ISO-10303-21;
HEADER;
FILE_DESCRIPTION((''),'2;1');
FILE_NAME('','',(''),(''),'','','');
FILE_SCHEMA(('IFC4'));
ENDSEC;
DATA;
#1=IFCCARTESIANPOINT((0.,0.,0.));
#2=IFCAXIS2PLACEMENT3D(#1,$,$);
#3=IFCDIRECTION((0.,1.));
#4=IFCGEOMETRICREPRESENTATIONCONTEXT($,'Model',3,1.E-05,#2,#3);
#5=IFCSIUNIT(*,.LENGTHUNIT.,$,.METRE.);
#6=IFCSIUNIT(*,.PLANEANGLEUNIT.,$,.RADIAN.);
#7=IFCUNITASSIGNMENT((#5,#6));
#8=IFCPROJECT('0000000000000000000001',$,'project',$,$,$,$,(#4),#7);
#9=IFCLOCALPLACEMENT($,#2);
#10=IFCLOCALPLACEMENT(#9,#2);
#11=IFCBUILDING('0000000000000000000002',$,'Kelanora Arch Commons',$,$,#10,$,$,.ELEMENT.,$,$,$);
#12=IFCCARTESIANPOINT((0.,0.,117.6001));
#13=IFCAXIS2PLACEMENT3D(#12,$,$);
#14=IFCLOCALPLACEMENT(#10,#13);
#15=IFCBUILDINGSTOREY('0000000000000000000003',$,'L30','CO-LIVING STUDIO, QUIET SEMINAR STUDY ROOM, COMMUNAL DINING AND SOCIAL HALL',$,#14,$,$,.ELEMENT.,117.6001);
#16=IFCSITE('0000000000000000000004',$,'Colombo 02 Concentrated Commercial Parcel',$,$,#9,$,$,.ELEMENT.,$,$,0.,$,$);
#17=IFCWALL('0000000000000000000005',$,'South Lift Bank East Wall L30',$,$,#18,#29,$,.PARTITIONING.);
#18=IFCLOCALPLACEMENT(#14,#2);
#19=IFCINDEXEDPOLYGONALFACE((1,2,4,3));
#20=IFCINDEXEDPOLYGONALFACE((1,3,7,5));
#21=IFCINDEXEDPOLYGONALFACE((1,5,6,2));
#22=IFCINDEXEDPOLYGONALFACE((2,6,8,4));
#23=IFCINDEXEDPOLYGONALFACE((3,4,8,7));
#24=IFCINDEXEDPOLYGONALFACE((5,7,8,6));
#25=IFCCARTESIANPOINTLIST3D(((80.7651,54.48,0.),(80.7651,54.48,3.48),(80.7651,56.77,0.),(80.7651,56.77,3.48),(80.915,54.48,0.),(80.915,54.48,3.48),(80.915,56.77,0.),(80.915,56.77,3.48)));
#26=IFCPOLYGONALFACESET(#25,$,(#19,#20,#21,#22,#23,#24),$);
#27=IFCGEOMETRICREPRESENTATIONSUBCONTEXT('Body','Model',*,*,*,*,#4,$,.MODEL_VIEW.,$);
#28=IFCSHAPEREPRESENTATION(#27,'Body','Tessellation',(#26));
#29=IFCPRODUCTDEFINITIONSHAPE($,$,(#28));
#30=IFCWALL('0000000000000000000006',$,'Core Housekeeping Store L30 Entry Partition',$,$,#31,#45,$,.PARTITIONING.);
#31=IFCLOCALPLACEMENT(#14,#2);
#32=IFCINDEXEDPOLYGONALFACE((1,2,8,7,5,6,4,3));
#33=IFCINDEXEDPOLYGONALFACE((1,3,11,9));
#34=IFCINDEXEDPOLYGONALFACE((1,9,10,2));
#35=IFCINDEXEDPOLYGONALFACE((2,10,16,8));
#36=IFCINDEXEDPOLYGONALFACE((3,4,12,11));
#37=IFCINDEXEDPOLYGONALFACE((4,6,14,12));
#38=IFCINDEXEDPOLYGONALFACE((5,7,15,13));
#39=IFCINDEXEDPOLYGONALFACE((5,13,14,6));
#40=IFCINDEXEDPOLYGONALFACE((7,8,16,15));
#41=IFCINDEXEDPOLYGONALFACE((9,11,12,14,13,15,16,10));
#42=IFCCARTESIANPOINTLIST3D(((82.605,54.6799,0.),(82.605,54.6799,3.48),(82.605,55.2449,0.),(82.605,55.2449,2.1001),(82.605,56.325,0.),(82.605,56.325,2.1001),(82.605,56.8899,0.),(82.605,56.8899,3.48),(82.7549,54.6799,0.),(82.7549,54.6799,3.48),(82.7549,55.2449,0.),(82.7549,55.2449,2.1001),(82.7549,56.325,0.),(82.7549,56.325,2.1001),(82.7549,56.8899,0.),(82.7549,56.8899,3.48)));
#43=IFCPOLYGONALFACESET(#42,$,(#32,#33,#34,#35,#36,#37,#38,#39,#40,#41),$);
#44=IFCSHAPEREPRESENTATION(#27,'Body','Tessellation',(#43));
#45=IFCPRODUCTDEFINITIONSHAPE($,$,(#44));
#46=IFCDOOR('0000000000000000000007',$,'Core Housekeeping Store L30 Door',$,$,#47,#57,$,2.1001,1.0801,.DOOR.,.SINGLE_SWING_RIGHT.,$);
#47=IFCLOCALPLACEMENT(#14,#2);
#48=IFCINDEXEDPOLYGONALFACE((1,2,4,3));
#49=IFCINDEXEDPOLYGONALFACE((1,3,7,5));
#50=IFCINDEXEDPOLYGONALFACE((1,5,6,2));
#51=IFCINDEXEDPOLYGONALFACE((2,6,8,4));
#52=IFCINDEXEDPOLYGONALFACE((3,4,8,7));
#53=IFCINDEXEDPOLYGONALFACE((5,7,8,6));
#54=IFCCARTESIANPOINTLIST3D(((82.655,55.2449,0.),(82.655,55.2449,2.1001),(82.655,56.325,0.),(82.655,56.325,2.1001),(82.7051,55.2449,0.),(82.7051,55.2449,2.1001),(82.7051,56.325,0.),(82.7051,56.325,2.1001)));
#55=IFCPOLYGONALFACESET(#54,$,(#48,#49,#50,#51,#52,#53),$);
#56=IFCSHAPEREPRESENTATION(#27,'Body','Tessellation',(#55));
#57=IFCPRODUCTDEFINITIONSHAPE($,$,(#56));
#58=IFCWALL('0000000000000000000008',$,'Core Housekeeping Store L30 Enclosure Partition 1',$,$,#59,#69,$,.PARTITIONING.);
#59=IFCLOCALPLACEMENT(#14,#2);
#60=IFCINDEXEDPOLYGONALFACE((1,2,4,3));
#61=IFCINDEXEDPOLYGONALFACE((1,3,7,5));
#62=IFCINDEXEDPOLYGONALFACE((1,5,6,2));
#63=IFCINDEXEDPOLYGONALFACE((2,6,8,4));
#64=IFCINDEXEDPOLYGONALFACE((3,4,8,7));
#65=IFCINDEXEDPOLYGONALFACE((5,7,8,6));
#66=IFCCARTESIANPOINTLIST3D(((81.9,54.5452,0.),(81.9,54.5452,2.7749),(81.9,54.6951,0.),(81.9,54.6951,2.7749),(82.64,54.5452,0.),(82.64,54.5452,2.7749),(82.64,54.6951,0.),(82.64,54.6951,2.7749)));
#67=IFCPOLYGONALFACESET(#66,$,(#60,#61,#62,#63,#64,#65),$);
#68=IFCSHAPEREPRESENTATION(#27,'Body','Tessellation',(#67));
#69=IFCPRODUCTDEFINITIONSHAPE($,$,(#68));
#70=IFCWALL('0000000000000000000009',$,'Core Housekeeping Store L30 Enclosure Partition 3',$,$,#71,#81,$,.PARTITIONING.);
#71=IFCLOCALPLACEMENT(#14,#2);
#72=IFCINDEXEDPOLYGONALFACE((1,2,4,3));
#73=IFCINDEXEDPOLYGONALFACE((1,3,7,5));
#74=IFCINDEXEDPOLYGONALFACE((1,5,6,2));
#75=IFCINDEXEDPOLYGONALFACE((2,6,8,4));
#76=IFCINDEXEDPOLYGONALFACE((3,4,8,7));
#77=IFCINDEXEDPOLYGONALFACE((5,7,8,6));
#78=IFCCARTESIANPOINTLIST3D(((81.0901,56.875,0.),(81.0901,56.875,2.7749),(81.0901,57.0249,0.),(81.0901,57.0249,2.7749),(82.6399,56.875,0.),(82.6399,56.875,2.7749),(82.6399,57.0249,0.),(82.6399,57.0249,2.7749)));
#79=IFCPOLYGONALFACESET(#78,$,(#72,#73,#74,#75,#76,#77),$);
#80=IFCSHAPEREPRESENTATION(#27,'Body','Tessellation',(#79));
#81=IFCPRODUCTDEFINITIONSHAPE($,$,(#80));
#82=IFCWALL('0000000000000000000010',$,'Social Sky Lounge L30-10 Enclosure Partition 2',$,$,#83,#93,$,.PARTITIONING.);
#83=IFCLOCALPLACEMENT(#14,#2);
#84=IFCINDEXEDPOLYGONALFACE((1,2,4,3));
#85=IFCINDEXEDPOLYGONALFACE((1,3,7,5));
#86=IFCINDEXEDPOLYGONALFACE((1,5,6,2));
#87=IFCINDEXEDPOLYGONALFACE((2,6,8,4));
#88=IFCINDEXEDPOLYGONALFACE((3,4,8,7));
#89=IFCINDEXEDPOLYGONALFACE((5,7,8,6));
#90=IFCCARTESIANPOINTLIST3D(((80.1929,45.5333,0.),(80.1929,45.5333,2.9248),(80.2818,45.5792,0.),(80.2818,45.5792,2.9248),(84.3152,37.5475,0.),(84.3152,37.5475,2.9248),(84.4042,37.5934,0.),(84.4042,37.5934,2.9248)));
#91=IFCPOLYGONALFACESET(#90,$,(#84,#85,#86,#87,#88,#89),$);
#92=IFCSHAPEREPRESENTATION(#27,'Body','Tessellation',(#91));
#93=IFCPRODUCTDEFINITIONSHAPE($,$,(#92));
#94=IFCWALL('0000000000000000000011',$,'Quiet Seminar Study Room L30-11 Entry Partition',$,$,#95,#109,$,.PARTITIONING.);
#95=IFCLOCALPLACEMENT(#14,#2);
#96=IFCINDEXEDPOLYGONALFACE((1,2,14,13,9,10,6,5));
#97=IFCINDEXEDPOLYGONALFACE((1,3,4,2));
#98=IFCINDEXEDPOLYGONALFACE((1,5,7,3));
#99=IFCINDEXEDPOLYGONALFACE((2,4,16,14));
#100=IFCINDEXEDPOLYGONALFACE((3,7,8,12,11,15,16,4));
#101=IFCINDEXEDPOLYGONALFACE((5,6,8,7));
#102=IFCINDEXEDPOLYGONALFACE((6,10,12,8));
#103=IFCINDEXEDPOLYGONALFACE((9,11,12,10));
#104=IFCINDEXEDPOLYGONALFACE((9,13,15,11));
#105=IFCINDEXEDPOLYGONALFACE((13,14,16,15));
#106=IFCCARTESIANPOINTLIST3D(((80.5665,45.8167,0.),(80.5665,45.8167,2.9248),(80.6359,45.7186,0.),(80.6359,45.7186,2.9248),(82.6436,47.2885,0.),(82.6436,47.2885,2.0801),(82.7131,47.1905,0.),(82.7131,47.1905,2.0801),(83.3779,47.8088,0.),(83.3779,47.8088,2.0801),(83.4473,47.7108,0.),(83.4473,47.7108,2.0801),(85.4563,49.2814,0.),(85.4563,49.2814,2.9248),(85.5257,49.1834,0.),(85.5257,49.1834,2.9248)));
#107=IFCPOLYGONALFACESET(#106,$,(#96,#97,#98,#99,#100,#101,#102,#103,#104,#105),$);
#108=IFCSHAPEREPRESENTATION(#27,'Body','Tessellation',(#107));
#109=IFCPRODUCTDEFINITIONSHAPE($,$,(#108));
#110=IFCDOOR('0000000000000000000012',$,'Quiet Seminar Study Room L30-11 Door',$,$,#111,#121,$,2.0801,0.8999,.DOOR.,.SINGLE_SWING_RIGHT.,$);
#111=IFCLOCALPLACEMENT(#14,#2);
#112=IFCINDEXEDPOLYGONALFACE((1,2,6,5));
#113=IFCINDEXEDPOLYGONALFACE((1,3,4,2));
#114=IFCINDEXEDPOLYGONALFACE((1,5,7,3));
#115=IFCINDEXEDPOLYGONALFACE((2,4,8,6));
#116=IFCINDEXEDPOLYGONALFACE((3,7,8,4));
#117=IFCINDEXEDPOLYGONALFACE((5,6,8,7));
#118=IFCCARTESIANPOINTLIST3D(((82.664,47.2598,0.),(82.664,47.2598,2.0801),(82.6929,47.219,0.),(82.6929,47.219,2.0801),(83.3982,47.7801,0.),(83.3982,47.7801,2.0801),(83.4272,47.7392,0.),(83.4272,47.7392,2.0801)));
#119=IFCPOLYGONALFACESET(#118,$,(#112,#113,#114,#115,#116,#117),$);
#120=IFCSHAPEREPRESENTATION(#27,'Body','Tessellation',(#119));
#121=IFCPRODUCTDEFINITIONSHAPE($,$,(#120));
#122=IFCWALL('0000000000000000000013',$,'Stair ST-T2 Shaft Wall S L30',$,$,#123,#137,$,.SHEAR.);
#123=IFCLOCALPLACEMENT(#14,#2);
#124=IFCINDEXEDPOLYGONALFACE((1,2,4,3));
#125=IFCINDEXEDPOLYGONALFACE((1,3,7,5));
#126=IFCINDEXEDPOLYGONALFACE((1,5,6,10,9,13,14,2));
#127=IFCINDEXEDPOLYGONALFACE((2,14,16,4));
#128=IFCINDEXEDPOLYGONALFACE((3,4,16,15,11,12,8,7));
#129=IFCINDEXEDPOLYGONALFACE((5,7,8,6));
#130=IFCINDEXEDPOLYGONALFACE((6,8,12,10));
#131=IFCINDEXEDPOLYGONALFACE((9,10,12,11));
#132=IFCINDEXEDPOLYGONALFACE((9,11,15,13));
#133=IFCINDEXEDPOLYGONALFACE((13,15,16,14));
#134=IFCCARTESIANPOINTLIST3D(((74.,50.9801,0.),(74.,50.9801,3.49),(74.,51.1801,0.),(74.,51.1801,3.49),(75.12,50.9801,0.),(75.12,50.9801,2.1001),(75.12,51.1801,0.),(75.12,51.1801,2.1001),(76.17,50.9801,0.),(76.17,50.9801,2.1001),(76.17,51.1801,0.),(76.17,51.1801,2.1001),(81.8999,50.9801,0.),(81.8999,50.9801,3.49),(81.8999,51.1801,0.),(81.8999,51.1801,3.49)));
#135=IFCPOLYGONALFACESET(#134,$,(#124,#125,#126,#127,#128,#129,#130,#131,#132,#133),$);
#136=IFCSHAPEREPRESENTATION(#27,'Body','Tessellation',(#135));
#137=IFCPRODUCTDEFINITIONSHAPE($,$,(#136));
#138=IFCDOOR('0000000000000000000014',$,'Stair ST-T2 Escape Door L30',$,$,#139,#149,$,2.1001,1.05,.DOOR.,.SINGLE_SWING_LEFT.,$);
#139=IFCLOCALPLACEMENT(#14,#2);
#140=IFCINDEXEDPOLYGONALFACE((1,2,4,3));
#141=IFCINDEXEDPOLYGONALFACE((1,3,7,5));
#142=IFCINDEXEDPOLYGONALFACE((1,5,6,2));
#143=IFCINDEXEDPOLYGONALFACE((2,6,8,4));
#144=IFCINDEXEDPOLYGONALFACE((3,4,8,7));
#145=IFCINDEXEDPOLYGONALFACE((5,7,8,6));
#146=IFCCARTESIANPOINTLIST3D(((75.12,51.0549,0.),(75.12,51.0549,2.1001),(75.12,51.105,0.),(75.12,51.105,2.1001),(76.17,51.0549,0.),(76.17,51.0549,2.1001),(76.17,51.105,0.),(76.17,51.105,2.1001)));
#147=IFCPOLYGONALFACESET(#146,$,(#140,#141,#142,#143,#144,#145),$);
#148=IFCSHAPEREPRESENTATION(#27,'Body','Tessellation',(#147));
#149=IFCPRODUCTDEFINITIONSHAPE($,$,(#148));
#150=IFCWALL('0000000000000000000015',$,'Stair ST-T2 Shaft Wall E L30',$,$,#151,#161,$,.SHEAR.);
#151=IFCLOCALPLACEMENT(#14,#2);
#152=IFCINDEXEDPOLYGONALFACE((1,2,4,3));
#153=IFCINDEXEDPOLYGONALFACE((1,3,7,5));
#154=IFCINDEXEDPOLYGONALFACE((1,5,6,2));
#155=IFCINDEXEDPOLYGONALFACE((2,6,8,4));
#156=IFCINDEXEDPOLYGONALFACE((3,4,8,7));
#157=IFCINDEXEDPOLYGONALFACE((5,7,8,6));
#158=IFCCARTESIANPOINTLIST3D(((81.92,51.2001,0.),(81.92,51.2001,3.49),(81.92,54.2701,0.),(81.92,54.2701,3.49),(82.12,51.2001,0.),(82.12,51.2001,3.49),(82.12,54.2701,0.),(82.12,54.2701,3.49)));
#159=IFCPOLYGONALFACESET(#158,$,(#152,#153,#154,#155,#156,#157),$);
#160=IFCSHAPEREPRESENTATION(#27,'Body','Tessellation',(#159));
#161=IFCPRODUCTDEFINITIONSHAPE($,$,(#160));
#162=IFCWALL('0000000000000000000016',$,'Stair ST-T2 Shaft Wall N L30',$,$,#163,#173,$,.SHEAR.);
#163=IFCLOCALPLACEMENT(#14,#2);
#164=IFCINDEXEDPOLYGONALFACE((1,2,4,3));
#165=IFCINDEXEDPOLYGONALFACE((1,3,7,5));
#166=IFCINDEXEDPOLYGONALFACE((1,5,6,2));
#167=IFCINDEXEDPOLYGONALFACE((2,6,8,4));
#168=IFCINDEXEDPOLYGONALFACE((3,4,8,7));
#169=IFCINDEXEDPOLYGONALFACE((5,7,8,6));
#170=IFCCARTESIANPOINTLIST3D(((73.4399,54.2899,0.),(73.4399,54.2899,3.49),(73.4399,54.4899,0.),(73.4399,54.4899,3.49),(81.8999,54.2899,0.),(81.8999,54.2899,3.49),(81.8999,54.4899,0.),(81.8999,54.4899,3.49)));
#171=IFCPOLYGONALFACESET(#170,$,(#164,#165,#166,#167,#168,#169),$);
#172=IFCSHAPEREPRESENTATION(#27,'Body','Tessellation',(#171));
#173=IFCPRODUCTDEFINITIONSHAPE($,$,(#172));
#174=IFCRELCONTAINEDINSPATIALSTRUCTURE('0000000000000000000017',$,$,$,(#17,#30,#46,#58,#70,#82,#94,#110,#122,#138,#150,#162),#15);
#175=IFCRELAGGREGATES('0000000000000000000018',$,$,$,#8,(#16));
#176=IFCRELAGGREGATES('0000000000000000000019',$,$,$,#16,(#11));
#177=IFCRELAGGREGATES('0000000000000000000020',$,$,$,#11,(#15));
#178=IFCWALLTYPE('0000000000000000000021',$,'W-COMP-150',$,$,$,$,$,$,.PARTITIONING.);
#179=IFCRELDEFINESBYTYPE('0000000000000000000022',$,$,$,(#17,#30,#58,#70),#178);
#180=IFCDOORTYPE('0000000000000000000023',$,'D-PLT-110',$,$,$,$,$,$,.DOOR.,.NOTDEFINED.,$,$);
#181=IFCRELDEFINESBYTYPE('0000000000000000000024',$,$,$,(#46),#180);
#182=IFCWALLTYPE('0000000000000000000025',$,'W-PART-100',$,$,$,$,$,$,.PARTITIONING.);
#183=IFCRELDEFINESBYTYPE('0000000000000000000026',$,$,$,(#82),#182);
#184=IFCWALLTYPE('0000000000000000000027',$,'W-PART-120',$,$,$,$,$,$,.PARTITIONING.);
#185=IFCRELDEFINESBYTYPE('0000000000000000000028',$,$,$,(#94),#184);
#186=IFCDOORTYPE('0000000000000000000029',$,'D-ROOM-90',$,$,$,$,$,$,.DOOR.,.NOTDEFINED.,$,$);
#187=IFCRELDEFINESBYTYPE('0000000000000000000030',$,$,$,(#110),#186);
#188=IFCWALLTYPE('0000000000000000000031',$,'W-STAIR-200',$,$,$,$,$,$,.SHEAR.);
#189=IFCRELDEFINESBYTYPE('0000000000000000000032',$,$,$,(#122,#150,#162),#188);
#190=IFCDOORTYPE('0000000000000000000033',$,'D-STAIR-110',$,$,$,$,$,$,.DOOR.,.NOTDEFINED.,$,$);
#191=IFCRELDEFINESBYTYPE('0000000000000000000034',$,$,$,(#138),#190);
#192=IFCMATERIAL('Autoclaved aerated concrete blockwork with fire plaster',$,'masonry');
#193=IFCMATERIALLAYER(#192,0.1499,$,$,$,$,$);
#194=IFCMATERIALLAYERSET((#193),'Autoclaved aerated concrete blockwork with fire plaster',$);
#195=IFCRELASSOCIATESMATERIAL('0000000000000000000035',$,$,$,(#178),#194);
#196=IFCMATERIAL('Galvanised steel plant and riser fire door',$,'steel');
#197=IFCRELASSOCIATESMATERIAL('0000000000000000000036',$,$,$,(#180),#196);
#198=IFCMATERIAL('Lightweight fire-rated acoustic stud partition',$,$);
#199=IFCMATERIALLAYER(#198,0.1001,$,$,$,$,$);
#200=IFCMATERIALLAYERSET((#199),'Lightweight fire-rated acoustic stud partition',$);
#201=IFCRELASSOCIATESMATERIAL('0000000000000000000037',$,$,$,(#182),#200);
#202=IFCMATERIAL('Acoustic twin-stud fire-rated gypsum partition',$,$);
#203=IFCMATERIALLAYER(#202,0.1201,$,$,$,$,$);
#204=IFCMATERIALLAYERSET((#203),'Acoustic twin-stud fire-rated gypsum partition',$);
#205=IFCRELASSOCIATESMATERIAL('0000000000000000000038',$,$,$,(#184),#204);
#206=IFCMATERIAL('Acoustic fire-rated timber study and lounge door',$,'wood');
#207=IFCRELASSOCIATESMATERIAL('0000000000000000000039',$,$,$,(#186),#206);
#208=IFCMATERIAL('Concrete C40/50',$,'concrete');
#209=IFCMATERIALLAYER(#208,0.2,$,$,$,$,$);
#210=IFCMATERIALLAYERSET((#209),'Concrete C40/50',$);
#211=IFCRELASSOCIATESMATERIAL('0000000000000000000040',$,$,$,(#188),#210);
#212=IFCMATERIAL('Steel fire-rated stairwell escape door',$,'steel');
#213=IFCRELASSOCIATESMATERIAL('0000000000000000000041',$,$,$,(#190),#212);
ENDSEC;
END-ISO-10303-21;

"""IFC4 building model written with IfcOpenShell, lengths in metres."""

from ifc_helpers import new_model, si_unit, direction, frame, frame_2d, origin, place, context, subcontext, project, spatial, rectangle, extrude, material, layer, layer_set, type_object, element, fill, save


model = new_model("IFC4")

# Units and contexts
model_context = context("Model", 3, precision=1e-05, world=origin(), true_north=direction((0.0, 1.0)))
body_context = subcontext(model_context, "Body", "Model", "MODEL_VIEW")
ifc_project = project(units=[si_unit("LENGTHUNIT", "METRE"), si_unit("PLANEANGLEUNIT", "RADIAN")], contexts=[model_context])

# Site, building, storey
site_placement = place(None, origin())
site = spatial("IfcSite", under=ifc_project, at=site_placement, Name="Colombo 02 Concentrated Commercial Parcel", CompositionType="ELEMENT", RefElevation=0.0)
building_placement = place(site_placement, origin())
building = spatial("IfcBuilding", under=site, at=building_placement, Name="Kelanora Arch Commons", CompositionType="ELEMENT")
storey_placement = place(building_placement, frame((0.0, 0.0, 117.6001)))
storey = spatial("IfcBuildingStorey", under=building, at=storey_placement, Name="L30", Description="CO-LIVING STUDIO, QUIET SEMINAR STUDY ROOM, COMMUNAL DINING AND SOCIAL HALL", CompositionType="ELEMENT", Elevation=117.6001)

# Wall
ifc_material_1 = material(Name="Autoclaved aerated concrete blockwork with fire plaster", Category="masonry")
ifc_layer_1 = layer(ifc_material_1, 0.1499)
ifc_layer_set_1 = layer_set([ifc_layer_1], Name="Autoclaved aerated concrete blockwork with fire plaster")
wall_type_1 = type_object("IfcWallType", Name="W-COMP-150", PredefinedType="PARTITIONING", material=ifc_layer_set_1)
wall_1_placement = place(storey_placement, frame((80.8401, 54.48, 0.0), z_axis=(0.0, 0.0, 1.0), x_axis=(0.0, 1.0, 0.0)))
element("IfcWall", 1, at=wall_1_placement, inside=storey, type_object=wall_type_1, Name="South Lift Bank East Wall L30", PredefinedType="PARTITIONING", context=body_context, shape_type="SweptSolid", body=[
    extrude(rectangle(XDim=2.29, YDim=0.1499, at=frame_2d((1.145, 0.0))), origin(), (0.0, 0.0, 1.0), 3.48),
])

# Wall, opening, door
wall_2_placement = place(storey_placement, frame((82.6799, 54.6799, 0.0), z_axis=(0.0, 0.0, 1.0), x_axis=(0.0, 1.0, 0.0)))
wall_2 = element("IfcWall", 2, at=wall_2_placement, inside=storey, type_object=wall_type_1, Name="Core Housekeeping Store L30 Entry Partition", PredefinedType="PARTITIONING", context=body_context, shape_type="SweptSolid", body=[
    extrude(rectangle(XDim=2.21, YDim=0.1499, at=frame_2d((1.105, 0.0))), origin(), (0.0, 0.0, 1.0), 3.48),
])
opening_1_placement = place(wall_2_placement, frame((0.5649, 0.0, 0.0)))
opening_1 = element("IfcOpeningElement", 3, at=opening_1_placement, cuts=wall_2, PredefinedType="OPENING", context=body_context, shape_type="SweptSolid", body=[
    extrude(rectangle(XDim=1.0801, YDim=2.1001, at=frame_2d((0.54, 1.05))), frame((0.0, 0.085, 0.0), z_axis=(0.0, -1.0, 0.0), x_axis=(1.0, 0.0, 0.0)), (0.0, 0.0, 1.0), 0.1699),
])
ifc_material_2 = material(Name="Galvanised steel plant and riser fire door", Category="steel")
door_type_1 = type_object("IfcDoorType", Name="D-PLT-110", OperationType="NOTDEFINED", PredefinedType="DOOR", material=ifc_material_2)
door_1_placement = place(opening_1_placement, origin())
door_1 = element("IfcDoor", 4, at=door_1_placement, inside=storey, type_object=door_type_1, Name="Core Housekeeping Store L30 Door", OperationType="SINGLE_SWING_RIGHT", OverallHeight=2.1001, OverallWidth=1.0801, PredefinedType="DOOR", context=body_context, shape_type="SweptSolid", body=[
    extrude(rectangle(XDim=1.0801, YDim=2.1001, at=frame_2d((0.54, 1.05))), frame((0.0, 0.0249, 0.0), z_axis=(0.0, -1.0, 0.0), x_axis=(1.0, 0.0, 0.0)), (0.0, 0.0, 1.0), 0.05),
])
fill(opening_1, door_1)

# Walls
wall_3_placement = place(storey_placement, frame((81.8999, 54.6201, 0.0), z_axis=(0.0, 0.0, 1.0), x_axis=(1.0, 0.0, 0.0)))
element("IfcWall", 5, at=wall_3_placement, inside=storey, type_object=wall_type_1, Name="Core Housekeeping Store L30 Enclosure Partition 1", PredefinedType="PARTITIONING", context=body_context, shape_type="SweptSolid", body=[
    extrude(rectangle(XDim=0.74, YDim=0.1499, at=frame_2d((0.3701, 0.0))), origin(), (0.0, 0.0, 1.0), 2.7749),
])
wall_4_placement = place(storey_placement, frame((82.6399, 56.95, 0.0), z_axis=(0.0, 0.0, 1.0), x_axis=(-1.0, 0.0, 0.0)))
element("IfcWall", 6, at=wall_4_placement, inside=storey, type_object=wall_type_1, Name="Core Housekeeping Store L30 Enclosure Partition 3", PredefinedType="PARTITIONING", context=body_context, shape_type="SweptSolid", body=[
    extrude(rectangle(XDim=1.5498, YDim=0.1499, at=frame_2d((0.7749, 0.0))), origin(), (0.0, 0.0, 1.0), 2.7749),
])
ifc_material_3 = material(Name="Lightweight fire-rated acoustic stud partition")
ifc_layer_2 = layer(ifc_material_3, 0.1001)
ifc_layer_set_2 = layer_set([ifc_layer_2], Name="Lightweight fire-rated acoustic stud partition")
wall_type_2 = type_object("IfcWallType", Name="W-PART-100", PredefinedType="PARTITIONING", material=ifc_layer_set_2)
wall_5_placement = place(storey_placement, frame((80.2373, 45.5564, 0.0), z_axis=(0.0, 0.0, 1.0), x_axis=(0.458695, -0.888594, 0.0)))
element("IfcWall", 7, at=wall_5_placement, inside=storey, type_object=wall_type_2, Name="Social Sky Lounge L30-10 Enclosure Partition 2", PredefinedType="PARTITIONING", context=body_context, shape_type="SweptSolid", body=[
    extrude(rectangle(XDim=8.9871, YDim=0.1001, at=frame_2d((4.4937, 0.0))), origin(), (0.0, 0.0, 1.0), 2.9248),
])

# Walls, openings, doors
ifc_material_4 = material(Name="Acoustic twin-stud fire-rated gypsum partition")
ifc_layer_3 = layer(ifc_material_4, 0.1201)
ifc_layer_set_3 = layer_set([ifc_layer_3], Name="Acoustic twin-stud fire-rated gypsum partition")
wall_type_3 = type_object("IfcWallType", Name="W-PART-120", PredefinedType="PARTITIONING", material=ifc_layer_set_3)
wall_6_placement = place(storey_placement, frame((80.6011, 45.7676, 0.0), z_axis=(0.0, 0.0, 1.0), x_axis=(0.815932, 0.578147, 0.0)))
wall_6 = element("IfcWall", 8, at=wall_6_placement, inside=storey, type_object=wall_type_3, Name="Quiet Seminar Study Room L30-11 Entry Partition", PredefinedType="PARTITIONING", context=body_context, shape_type="SweptSolid", body=[
    extrude(rectangle(XDim=5.9929, YDim=0.1201, at=frame_2d((2.9966, 0.0))), origin(), (0.0, 0.0, 1.0), 2.9248),
])
opening_2_placement = place(wall_6_placement, frame((2.5459, 0.0, 0.0)))
opening_2 = element("IfcOpeningElement", 9, at=opening_2_placement, cuts=wall_6, PredefinedType="OPENING", context=body_context, shape_type="SweptSolid", body=[
    extrude(rectangle(XDim=0.8999, YDim=2.0801, at=frame_2d((0.45, 1.04))), frame((0.0, 0.0701, 0.0), z_axis=(0.0, -1.0, 0.0), x_axis=(1.0, 0.0, 0.0)), (0.0, 0.0, 1.0), 0.1401),
])
ifc_material_5 = material(Name="Acoustic fire-rated timber study and lounge door", Category="wood")
door_type_2 = type_object("IfcDoorType", Name="D-ROOM-90", OperationType="NOTDEFINED", PredefinedType="DOOR", material=ifc_material_5)
door_2_placement = place(opening_2_placement, origin())
door_2 = element("IfcDoor", 10, at=door_2_placement, inside=storey, type_object=door_type_2, Name="Quiet Seminar Study Room L30-11 Door", OperationType="SINGLE_SWING_RIGHT", OverallHeight=2.0801, OverallWidth=0.8999, PredefinedType="DOOR", context=body_context, shape_type="SweptSolid", body=[
    extrude(rectangle(XDim=0.8999, YDim=2.0801, at=frame_2d((0.45, 1.04))), frame((0.0, 0.0249, 0.0), z_axis=(0.0, -1.0, 0.0), x_axis=(1.0, 0.0, 0.0)), (0.0, 0.0, 1.0), 0.05),
])
fill(opening_2, door_2)
ifc_material_6 = material(Name="Concrete C40/50", Category="concrete")
ifc_layer_4 = layer(ifc_material_6, 0.2)
ifc_layer_set_4 = layer_set([ifc_layer_4], Name="Concrete C40/50")
wall_type_4 = type_object("IfcWallType", Name="W-STAIR-200", PredefinedType="SHEAR", material=ifc_layer_set_4)
wall_7_placement = place(storey_placement, frame((74.0, 51.0801, 0.0), z_axis=(0.0, 0.0, 1.0), x_axis=(1.0, 0.0, 0.0)))
wall_7 = element("IfcWall", 11, at=wall_7_placement, inside=storey, type_object=wall_type_4, Name="Stair ST-T2 Shaft Wall S L30", PredefinedType="SHEAR", context=body_context, shape_type="SweptSolid", body=[
    extrude(rectangle(XDim=7.8999, YDim=0.2, at=frame_2d((3.95, 0.0))), origin(), (0.0, 0.0, 1.0), 3.49),
])
opening_3_placement = place(wall_7_placement, frame((1.1201, 0.0, 0.0)))
opening_3 = element("IfcOpeningElement", 12, at=opening_3_placement, cuts=wall_7, PredefinedType="OPENING", context=body_context, shape_type="SweptSolid", body=[
    extrude(rectangle(XDim=1.05, YDim=2.1001, at=frame_2d((0.5249, 1.05))), frame((0.0, 0.1099, 0.0), z_axis=(0.0, -1.0, 0.0), x_axis=(1.0, 0.0, 0.0)), (0.0, 0.0, 1.0), 0.22),
])
ifc_material_7 = material(Name="Steel fire-rated stairwell escape door", Category="steel")
door_type_3 = type_object("IfcDoorType", Name="D-STAIR-110", OperationType="NOTDEFINED", PredefinedType="DOOR", material=ifc_material_7)
door_3_placement = place(opening_3_placement, origin())
door_3 = element("IfcDoor", 13, at=door_3_placement, inside=storey, type_object=door_type_3, Name="Stair ST-T2 Escape Door L30", OperationType="SINGLE_SWING_LEFT", OverallHeight=2.1001, OverallWidth=1.05, PredefinedType="DOOR", context=body_context, shape_type="SweptSolid", body=[
    extrude(rectangle(XDim=1.05, YDim=2.1001, at=frame_2d((0.5249, 1.05))), frame((0.0, 0.0249, 0.0), z_axis=(0.0, -1.0, 0.0), x_axis=(1.0, 0.0, 0.0)), (0.0, 0.0, 1.0), 0.05),
])
fill(opening_3, door_3)

# Walls
wall_8_placement = place(storey_placement, frame((82.02, 51.2, 0.0), z_axis=(0.0, 0.0, 1.0), x_axis=(0.0, 1.0, 0.0)))
element("IfcWall", 14, at=wall_8_placement, inside=storey, type_object=wall_type_4, Name="Stair ST-T2 Shaft Wall E L30", PredefinedType="SHEAR", context=body_context, shape_type="SweptSolid", body=[
    extrude(rectangle(XDim=3.0701, YDim=0.2, at=frame_2d((1.5352, 0.0))), origin(), (0.0, 0.0, 1.0), 3.49),
])
wall_9_placement = place(storey_placement, frame((81.8999, 54.3899, 0.0), z_axis=(0.0, 0.0, 1.0), x_axis=(-1.0, 0.0, 0.0)))
element("IfcWall", 15, at=wall_9_placement, inside=storey, type_object=wall_type_4, Name="Stair ST-T2 Shaft Wall N L30", PredefinedType="SHEAR", context=body_context, shape_type="SweptSolid", body=[
    extrude(rectangle(XDim=8.46, YDim=0.2, at=frame_2d((4.23, 0.0))), origin(), (0.0, 0.0, 1.0), 3.49),
])

save(model, "model.ifc")
